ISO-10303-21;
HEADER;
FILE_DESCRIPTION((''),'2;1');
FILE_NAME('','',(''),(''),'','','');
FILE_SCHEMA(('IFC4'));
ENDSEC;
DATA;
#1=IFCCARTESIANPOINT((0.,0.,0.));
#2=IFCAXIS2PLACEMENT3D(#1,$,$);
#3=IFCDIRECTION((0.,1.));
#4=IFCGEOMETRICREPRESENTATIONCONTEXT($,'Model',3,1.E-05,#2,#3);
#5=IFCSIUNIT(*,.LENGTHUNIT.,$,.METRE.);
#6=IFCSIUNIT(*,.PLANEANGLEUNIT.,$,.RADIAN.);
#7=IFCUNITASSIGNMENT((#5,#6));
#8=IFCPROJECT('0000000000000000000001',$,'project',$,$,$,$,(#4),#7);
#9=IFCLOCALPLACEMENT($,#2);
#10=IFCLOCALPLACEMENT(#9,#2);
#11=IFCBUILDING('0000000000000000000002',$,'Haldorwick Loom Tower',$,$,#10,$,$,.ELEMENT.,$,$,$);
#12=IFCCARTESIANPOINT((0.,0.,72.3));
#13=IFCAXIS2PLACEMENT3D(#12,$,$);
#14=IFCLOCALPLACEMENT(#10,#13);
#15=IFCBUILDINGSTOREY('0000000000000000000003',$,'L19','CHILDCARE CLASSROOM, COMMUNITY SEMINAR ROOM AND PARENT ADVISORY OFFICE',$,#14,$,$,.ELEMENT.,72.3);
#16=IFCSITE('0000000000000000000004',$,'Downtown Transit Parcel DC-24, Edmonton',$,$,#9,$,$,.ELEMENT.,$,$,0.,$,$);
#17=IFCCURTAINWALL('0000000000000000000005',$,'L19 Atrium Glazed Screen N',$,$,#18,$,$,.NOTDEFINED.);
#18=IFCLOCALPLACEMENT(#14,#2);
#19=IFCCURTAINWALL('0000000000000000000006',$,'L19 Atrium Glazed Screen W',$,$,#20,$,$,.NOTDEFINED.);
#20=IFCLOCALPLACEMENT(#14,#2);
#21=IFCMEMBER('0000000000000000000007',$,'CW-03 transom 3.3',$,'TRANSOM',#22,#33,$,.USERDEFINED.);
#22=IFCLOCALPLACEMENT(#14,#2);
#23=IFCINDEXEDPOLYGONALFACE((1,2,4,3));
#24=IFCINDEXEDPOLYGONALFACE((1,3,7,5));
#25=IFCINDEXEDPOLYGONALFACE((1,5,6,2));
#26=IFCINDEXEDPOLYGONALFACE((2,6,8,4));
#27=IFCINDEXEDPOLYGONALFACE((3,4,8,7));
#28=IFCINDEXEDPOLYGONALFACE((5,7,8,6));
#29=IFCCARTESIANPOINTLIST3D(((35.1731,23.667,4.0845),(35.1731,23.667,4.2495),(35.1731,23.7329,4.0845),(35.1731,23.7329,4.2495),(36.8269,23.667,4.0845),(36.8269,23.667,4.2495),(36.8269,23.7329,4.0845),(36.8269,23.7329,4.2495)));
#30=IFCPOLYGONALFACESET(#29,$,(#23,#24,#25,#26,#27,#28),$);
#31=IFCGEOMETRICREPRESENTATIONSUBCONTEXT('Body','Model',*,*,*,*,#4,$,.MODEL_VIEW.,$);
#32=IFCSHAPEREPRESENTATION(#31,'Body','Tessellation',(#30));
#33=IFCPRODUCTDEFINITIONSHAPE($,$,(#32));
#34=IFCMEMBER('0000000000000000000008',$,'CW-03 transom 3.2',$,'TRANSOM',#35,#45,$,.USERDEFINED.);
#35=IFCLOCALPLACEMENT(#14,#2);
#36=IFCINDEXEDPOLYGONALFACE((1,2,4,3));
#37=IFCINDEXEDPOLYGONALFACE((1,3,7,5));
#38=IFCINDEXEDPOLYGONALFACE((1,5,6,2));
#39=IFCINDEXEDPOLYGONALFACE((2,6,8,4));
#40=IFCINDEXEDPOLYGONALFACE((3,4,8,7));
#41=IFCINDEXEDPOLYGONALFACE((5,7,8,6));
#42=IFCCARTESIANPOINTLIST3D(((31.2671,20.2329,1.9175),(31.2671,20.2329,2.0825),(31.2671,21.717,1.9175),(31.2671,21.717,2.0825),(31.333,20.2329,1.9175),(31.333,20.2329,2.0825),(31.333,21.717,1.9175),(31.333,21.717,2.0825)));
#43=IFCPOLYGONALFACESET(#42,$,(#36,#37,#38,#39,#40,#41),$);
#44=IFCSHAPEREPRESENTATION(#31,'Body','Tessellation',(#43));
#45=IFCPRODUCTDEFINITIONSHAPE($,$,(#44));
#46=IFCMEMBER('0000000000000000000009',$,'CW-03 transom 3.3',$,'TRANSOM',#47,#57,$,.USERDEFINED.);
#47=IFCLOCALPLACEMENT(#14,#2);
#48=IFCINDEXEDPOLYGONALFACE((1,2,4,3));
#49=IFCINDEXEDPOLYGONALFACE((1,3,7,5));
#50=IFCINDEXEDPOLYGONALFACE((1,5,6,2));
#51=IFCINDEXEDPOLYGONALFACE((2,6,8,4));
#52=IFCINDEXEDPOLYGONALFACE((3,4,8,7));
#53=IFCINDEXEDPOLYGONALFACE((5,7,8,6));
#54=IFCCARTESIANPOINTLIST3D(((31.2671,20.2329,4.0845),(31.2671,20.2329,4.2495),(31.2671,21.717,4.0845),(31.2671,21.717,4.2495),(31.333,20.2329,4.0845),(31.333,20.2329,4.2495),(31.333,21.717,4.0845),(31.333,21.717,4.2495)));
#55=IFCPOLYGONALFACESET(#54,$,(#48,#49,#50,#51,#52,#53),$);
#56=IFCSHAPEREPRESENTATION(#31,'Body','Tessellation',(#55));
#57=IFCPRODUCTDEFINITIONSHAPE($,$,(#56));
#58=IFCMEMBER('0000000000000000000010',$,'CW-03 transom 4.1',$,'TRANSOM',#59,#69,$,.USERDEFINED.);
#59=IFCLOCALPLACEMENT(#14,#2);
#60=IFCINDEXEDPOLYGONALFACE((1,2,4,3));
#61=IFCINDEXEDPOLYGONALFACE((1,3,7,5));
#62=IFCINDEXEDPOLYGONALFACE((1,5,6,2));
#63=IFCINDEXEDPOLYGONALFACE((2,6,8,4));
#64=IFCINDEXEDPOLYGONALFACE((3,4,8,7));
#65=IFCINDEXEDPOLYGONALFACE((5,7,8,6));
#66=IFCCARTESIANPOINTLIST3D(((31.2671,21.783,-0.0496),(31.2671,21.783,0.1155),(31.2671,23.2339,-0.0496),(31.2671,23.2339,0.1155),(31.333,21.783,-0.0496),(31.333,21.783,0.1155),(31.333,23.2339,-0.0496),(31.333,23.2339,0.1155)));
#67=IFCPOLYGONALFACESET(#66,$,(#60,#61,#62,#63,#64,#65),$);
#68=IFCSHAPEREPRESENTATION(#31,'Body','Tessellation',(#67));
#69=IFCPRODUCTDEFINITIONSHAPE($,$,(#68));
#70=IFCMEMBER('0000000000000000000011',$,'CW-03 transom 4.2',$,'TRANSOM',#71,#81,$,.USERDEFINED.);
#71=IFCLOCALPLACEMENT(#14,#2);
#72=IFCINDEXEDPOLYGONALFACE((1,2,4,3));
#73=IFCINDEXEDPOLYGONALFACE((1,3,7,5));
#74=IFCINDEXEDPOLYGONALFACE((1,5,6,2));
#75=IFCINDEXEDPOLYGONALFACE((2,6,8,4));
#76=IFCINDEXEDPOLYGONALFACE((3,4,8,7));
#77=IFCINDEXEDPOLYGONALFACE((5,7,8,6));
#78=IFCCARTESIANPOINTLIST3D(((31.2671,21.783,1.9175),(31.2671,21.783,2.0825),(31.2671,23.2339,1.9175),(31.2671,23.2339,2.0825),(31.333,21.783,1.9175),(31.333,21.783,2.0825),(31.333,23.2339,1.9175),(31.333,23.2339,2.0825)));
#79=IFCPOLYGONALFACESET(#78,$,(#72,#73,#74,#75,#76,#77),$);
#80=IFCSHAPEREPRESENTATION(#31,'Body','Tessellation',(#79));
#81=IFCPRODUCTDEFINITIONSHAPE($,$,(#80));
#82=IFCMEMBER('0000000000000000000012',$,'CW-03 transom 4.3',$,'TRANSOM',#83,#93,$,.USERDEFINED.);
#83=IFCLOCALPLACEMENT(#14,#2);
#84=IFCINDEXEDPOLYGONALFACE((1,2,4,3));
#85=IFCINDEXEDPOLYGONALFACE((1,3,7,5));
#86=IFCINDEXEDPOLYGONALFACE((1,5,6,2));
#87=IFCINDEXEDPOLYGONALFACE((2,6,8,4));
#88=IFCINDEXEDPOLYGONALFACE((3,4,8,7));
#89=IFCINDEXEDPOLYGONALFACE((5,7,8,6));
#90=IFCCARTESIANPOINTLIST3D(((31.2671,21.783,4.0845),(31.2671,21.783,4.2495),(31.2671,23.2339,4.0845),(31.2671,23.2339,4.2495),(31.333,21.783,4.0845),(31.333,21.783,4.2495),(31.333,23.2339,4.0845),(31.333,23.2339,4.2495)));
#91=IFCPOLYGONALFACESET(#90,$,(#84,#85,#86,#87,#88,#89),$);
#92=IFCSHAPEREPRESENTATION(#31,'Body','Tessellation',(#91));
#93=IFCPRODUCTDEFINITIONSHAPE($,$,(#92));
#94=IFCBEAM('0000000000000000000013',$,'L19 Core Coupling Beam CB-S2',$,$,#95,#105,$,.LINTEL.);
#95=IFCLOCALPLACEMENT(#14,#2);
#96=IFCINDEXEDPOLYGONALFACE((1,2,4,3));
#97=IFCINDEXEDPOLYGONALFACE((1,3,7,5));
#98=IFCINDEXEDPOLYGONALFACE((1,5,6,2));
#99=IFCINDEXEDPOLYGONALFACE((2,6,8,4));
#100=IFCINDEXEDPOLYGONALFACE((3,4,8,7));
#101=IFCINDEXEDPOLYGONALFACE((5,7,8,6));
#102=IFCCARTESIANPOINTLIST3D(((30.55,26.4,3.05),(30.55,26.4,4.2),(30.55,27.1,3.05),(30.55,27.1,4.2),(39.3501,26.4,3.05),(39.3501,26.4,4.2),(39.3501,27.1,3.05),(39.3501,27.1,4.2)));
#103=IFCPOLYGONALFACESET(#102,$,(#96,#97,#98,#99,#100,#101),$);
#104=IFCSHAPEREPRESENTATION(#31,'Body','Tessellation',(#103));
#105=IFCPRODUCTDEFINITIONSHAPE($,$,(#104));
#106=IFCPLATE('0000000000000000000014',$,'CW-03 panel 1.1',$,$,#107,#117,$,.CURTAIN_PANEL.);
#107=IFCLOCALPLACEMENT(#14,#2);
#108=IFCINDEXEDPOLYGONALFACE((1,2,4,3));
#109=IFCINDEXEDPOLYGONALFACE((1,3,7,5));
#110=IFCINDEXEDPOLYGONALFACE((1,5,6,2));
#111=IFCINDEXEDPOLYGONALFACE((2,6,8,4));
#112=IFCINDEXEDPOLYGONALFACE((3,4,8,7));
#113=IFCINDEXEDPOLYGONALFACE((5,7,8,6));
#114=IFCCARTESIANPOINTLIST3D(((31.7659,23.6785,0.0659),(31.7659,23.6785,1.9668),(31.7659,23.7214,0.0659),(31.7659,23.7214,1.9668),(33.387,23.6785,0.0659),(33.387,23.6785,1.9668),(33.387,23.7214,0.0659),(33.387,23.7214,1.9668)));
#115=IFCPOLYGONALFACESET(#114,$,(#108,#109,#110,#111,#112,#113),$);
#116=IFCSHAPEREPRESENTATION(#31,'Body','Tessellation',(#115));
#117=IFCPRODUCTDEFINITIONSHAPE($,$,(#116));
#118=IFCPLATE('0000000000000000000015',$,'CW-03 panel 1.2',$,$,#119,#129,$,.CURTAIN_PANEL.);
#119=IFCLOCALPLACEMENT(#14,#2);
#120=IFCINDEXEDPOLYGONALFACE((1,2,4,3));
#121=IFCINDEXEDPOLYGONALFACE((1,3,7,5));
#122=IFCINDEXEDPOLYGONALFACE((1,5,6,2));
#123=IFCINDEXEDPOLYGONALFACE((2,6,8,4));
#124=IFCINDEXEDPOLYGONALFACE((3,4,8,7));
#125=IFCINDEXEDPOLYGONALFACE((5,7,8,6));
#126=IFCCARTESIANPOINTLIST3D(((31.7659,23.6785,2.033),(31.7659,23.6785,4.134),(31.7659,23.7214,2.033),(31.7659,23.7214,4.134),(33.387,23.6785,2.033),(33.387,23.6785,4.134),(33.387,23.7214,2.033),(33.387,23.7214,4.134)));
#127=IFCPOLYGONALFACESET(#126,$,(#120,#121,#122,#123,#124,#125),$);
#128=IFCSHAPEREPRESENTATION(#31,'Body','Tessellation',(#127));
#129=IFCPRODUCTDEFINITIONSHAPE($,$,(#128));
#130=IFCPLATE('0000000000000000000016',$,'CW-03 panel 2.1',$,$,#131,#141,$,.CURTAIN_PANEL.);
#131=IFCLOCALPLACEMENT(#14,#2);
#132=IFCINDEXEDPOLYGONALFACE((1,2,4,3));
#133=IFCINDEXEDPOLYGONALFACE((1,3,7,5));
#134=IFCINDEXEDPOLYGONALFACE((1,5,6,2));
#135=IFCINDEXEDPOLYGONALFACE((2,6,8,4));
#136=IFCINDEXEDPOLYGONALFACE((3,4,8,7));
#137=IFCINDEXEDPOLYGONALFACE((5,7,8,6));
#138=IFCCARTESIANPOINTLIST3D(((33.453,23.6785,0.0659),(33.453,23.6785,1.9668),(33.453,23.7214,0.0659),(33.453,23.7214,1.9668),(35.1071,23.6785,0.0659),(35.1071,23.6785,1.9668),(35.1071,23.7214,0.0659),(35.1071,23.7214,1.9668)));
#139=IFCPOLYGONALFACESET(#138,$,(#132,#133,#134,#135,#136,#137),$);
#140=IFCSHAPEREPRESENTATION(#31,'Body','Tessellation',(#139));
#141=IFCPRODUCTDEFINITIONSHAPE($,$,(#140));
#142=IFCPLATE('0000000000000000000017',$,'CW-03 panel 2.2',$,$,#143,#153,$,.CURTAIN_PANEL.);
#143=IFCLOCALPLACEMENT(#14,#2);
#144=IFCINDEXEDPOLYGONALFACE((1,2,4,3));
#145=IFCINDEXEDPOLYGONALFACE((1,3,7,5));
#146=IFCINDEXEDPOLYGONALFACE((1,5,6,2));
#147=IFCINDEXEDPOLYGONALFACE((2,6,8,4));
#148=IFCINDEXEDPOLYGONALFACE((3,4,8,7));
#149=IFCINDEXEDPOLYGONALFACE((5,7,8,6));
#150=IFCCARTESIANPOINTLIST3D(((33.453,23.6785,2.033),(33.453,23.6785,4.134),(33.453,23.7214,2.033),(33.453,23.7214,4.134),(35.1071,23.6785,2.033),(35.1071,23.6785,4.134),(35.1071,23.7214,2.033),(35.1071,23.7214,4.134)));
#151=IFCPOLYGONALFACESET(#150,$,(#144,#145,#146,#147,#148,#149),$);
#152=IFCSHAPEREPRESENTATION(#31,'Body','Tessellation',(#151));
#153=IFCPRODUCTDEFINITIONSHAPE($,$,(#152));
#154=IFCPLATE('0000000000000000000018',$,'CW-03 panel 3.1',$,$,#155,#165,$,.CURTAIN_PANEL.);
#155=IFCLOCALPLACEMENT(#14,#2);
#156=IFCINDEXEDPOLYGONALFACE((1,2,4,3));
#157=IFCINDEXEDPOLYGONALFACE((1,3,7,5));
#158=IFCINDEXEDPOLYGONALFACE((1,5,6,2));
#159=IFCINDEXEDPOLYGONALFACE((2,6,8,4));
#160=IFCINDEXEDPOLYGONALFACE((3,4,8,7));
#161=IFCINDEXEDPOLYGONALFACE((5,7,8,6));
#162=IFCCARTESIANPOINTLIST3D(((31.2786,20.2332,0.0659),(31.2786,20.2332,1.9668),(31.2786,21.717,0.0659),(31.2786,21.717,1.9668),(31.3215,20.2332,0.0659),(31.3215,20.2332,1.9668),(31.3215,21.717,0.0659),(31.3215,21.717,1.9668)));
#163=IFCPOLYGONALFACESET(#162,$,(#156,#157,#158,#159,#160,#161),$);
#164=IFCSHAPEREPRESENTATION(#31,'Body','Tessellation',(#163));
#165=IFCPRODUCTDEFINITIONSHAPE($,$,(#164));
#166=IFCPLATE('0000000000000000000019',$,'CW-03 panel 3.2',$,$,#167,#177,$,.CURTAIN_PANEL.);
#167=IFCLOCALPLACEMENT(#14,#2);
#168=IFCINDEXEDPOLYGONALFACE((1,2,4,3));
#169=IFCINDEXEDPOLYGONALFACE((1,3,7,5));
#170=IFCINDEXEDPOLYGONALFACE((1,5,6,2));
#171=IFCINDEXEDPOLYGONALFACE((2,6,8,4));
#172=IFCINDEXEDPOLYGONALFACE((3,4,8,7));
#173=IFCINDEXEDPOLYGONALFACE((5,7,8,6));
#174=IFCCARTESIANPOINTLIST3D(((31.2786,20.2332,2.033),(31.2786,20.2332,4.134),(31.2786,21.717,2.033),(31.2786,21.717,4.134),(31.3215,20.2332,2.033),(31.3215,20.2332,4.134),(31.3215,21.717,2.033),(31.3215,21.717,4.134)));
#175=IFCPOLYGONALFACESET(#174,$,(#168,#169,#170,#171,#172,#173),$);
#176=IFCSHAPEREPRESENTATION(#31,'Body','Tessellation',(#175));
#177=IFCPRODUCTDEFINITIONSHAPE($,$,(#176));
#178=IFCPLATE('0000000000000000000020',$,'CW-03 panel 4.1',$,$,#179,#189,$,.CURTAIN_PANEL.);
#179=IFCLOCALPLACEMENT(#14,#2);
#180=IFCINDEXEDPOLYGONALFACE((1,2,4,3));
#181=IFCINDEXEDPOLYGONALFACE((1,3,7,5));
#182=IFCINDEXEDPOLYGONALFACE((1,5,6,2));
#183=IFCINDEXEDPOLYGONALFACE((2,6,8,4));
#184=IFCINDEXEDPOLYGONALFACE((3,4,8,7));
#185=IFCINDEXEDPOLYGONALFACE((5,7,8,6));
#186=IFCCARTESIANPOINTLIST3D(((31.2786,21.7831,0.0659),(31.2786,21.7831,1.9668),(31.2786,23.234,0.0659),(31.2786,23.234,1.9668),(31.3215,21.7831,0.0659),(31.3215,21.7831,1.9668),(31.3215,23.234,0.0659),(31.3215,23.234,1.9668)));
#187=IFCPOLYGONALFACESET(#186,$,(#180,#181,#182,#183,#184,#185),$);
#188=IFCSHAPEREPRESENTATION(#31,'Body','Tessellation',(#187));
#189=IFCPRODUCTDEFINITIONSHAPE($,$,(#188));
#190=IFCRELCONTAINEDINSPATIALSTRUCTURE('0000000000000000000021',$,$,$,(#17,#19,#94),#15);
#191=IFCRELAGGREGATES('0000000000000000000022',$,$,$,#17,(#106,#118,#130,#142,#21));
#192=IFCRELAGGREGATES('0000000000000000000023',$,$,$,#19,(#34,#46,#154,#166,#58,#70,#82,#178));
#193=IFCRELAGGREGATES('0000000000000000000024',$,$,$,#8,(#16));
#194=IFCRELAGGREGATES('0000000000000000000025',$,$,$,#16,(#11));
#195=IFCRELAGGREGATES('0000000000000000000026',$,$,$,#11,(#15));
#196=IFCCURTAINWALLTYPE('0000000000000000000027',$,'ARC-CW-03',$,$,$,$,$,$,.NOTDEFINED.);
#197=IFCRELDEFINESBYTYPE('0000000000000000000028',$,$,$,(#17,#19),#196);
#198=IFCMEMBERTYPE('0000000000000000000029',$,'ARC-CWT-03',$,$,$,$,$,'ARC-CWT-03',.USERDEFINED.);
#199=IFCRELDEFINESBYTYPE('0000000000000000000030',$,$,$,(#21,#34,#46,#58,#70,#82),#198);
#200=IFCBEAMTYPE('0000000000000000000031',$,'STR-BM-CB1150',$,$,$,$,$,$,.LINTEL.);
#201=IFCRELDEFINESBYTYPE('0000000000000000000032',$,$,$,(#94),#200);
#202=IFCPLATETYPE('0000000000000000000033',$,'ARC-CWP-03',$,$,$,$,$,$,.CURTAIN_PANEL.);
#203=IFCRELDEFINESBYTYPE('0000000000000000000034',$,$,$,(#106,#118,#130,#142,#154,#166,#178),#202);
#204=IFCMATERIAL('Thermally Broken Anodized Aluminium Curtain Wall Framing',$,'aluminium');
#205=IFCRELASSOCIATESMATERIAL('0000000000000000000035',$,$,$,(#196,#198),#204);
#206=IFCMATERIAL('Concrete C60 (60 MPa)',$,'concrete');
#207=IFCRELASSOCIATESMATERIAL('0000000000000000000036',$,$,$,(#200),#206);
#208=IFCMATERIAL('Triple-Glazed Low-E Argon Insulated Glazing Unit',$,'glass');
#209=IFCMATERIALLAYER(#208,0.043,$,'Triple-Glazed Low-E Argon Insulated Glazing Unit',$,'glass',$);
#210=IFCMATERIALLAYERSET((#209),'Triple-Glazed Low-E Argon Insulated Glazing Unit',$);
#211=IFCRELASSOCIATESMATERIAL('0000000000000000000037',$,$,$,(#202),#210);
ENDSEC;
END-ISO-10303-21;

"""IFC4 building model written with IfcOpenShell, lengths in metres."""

from ifc_helpers import new_model, si_unit, direction, frame, origin, origin_2d, place, context, subcontext, project, spatial, rectangle, extrude, material, layer, layer_set, material_profile, profile_set, type_object, element, aggregate, save


model = new_model("IFC4")

# Units and contexts
model_context = context("Model", 3, precision=1e-05, world=origin(), true_north=direction((0.0, 1.0)))
body_context = subcontext(model_context, "Body", "Model", "MODEL_VIEW")
ifc_project = project(units=[si_unit("LENGTHUNIT", "METRE"), si_unit("PLANEANGLEUNIT", "RADIAN")], contexts=[model_context])

# Site, building, storey
site_placement = place(None, origin())
site = spatial("IfcSite", under=ifc_project, at=site_placement, Name="Downtown Transit Parcel DC-24, Edmonton", CompositionType="ELEMENT", RefElevation=0.0)
building_placement = place(site_placement, origin())
building = spatial("IfcBuilding", under=site, at=building_placement, Name="Haldorwick Loom Tower", CompositionType="ELEMENT")
storey_placement = place(building_placement, frame((0.0, 0.0, 72.3)))
storey = spatial("IfcBuildingStorey", under=building, at=storey_placement, Name="L19", Description="CHILDCARE CLASSROOM, COMMUNITY SEMINAR ROOM AND PARENT ADVISORY OFFICE", CompositionType="ELEMENT", Elevation=72.3)

# Curtain walls
ifc_material_1 = material(Name="Thermally Broken Anodized Aluminium Curtain Wall Framing", Category="aluminium")
curtain_wall_type = type_object("IfcCurtainWallType", Name="ARC-CW-03", PredefinedType="NOTDEFINED", material=ifc_material_1)
curtain_wall_1_placement = place(storey_placement, origin())
curtain_wall_1 = element("IfcCurtainWall", 1, at=curtain_wall_1_placement, inside=storey, type_object=curtain_wall_type, Name="L19 Atrium Glazed Screen N", PredefinedType="NOTDEFINED")
curtain_wall_2_placement = place(storey_placement, origin())
curtain_wall_2 = element("IfcCurtainWall", 2, at=curtain_wall_2_placement, inside=storey, type_object=curtain_wall_type, Name="L19 Atrium Glazed Screen W", PredefinedType="NOTDEFINED")

# Members
ifc_material_profile_1 = material_profile(ifc_material_1, rectangle(XDim=0.0659, YDim=0.165, at=origin_2d()), Name="ALU_TRN_66X165", Category="aluminium")
ifc_profile_set_1 = profile_set([ifc_material_profile_1], Name="Thermally Broken Anodized Aluminium Curtain Wall Framing")
member_type_1 = type_object("IfcMemberType", Name="ARC-CWT-03", ElementType="ARC-CWT-03", PredefinedType="USERDEFINED", material=ifc_profile_set_1)
member_1_placement = place(storey_placement, frame((35.1731, 23.7, 4.167), z_axis=(1.0, 0.0, 0.0), x_axis=(0.0, 1.0, 0.0)))
member_1 = element("IfcMember", 3, at=member_1_placement, type_object=member_type_1, Name="CW-03 transom 3.3", ObjectType="TRANSOM", PredefinedType="USERDEFINED", context=body_context, shape_type="SweptSolid", body=[
    extrude(rectangle(XDim=0.0659, YDim=0.165, at=origin_2d()), origin(), (0.0, 0.0, 1.0), 1.6538),
])
member_2_placement = place(storey_placement, frame((31.3, 20.2329, 2.0), z_axis=(0.0, 1.0, 0.0), x_axis=(-1.0, 0.0, 0.0)))
member_2 = element("IfcMember", 4, at=member_2_placement, type_object=member_type_1, Name="CW-03 transom 3.2", ObjectType="TRANSOM", PredefinedType="USERDEFINED", context=body_context, shape_type="SweptSolid", body=[
    extrude(rectangle(XDim=0.0659, YDim=0.165, at=origin_2d()), origin(), (0.0, 0.0, 1.0), 1.4841),
])
member_3_placement = place(storey_placement, frame((31.3, 20.2329, 4.167), z_axis=(0.0, 1.0, 0.0), x_axis=(-1.0, 0.0, 0.0)))
member_3 = element("IfcMember", 5, at=member_3_placement, type_object=member_type_1, Name="CW-03 transom 3.3", ObjectType="TRANSOM", PredefinedType="USERDEFINED", context=body_context, shape_type="SweptSolid", body=[
    extrude(rectangle(XDim=0.0659, YDim=0.165, at=origin_2d()), origin(), (0.0, 0.0, 1.0), 1.4841),
])
member_4_placement = place(storey_placement, frame((31.3, 21.783, 0.033), z_axis=(0.0, 1.0, 0.0), x_axis=(-1.0, 0.0, 0.0)))
member_4 = element("IfcMember", 6, at=member_4_placement, type_object=member_type_1, Name="CW-03 transom 4.1", ObjectType="TRANSOM", PredefinedType="USERDEFINED", context=body_context, shape_type="SweptSolid", body=[
    extrude(rectangle(XDim=0.0659, YDim=0.165, at=origin_2d()), origin(), (0.0, 0.0, 1.0), 1.4509),
])
member_5_placement = place(storey_placement, frame((31.3, 21.783, 2.0), z_axis=(0.0, 1.0, 0.0), x_axis=(-1.0, 0.0, 0.0)))
member_5 = element("IfcMember", 7, at=member_5_placement, type_object=member_type_1, Name="CW-03 transom 4.2", ObjectType="TRANSOM", PredefinedType="USERDEFINED", context=body_context, shape_type="SweptSolid", body=[
    extrude(rectangle(XDim=0.0659, YDim=0.165, at=origin_2d()), origin(), (0.0, 0.0, 1.0), 1.4509),
])
member_6_placement = place(storey_placement, frame((31.3, 21.783, 4.167), z_axis=(0.0, 1.0, 0.0), x_axis=(-1.0, 0.0, 0.0)))
member_6 = element("IfcMember", 8, at=member_6_placement, type_object=member_type_1, Name="CW-03 transom 4.3", ObjectType="TRANSOM", PredefinedType="USERDEFINED", context=body_context, shape_type="SweptSolid", body=[
    extrude(rectangle(XDim=0.0659, YDim=0.165, at=origin_2d()), origin(), (0.0, 0.0, 1.0), 1.4509),
])

# Beam
ifc_material_2 = material(Name="Concrete C60 (60 MPa)", Category="concrete")
ifc_material_profile_2 = material_profile(ifc_material_2, rectangle(XDim=0.7, YDim=1.1499, at=origin_2d()), Name="RC700X1150", Category="concrete")
ifc_profile_set_2 = profile_set([ifc_material_profile_2], Name="Concrete C60 (60 MPa)")
beam_type = type_object("IfcBeamType", Name="STR-BM-CB1150", PredefinedType="LINTEL", material=ifc_profile_set_2)
beam_placement = place(storey_placement, frame((30.55, 26.75, 3.625), z_axis=(1.0, 0.0, 0.0), x_axis=(0.0, 1.0, 0.0)))
element("IfcBeam", 9, at=beam_placement, inside=storey, type_object=beam_type, Name="L19 Core Coupling Beam CB-S2", PredefinedType="LINTEL", context=body_context, shape_type="SweptSolid", body=[
    extrude(rectangle(XDim=0.7, YDim=1.1499, at=origin_2d()), origin(), (0.0, 0.0, 1.0), 8.8),
])

# Plates
ifc_material_3 = material(Name="Triple-Glazed Low-E Argon Insulated Glazing Unit", Category="glass")
ifc_layer_1 = layer(ifc_material_3, 0.043, Name="Triple-Glazed Low-E Argon Insulated Glazing Unit", Category="glass")
ifc_layer_set_1 = layer_set([ifc_layer_1], Name="Triple-Glazed Low-E Argon Insulated Glazing Unit")
plate_type = type_object("IfcPlateType", Name="ARC-CWP-03", PredefinedType="CURTAIN_PANEL", material=ifc_layer_set_1)
plate_1_placement = place(storey_placement, frame((32.5764, 23.7, 0.0659), z_axis=(0.0, 0.0, 1.0), x_axis=(1.0, 0.0, 0.0)))
plate_1 = element("IfcPlate", 10, at=plate_1_placement, type_object=plate_type, Name="CW-03 panel 1.1", PredefinedType="CURTAIN_PANEL", context=body_context, shape_type="SweptSolid", body=[
    extrude(rectangle(XDim=1.6211, YDim=0.043, at=origin_2d()), origin(), (0.0, 0.0, 1.0), 1.9009),
])
plate_2_placement = place(storey_placement, frame((32.5764, 23.7, 2.033), z_axis=(0.0, 0.0, 1.0), x_axis=(1.0, 0.0, 0.0)))
plate_2 = element("IfcPlate", 11, at=plate_2_placement, type_object=plate_type, Name="CW-03 panel 1.2", PredefinedType="CURTAIN_PANEL", context=body_context, shape_type="SweptSolid", body=[
    extrude(rectangle(XDim=1.6211, YDim=0.043, at=origin_2d()), origin(), (0.0, 0.0, 1.0), 2.1011),
])
plate_3_placement = place(storey_placement, frame((34.28, 23.7, 0.0659), z_axis=(0.0, 0.0, 1.0), x_axis=(1.0, 0.0, 0.0)))
plate_3 = element("IfcPlate", 12, at=plate_3_placement, type_object=plate_type, Name="CW-03 panel 2.1", PredefinedType="CURTAIN_PANEL", context=body_context, shape_type="SweptSolid", body=[
    extrude(rectangle(XDim=1.6541, YDim=0.043, at=origin_2d()), origin(), (0.0, 0.0, 1.0), 1.9009),
])
plate_4_placement = place(storey_placement, frame((34.28, 23.7, 2.033), z_axis=(0.0, 0.0, 1.0), x_axis=(1.0, 0.0, 0.0)))
plate_4 = element("IfcPlate", 13, at=plate_4_placement, type_object=plate_type, Name="CW-03 panel 2.2", PredefinedType="CURTAIN_PANEL", context=body_context, shape_type="SweptSolid", body=[
    extrude(rectangle(XDim=1.6541, YDim=0.043, at=origin_2d()), origin(), (0.0, 0.0, 1.0), 2.1011),
])
aggregate(curtain_wall_1, [plate_1, plate_2, plate_3, plate_4, member_1])
plate_5_placement = place(storey_placement, frame((31.3, 20.9751, 0.0659), z_axis=(0.0, 0.0, 1.0), x_axis=(0.0, 1.0, 0.0)))
plate_5 = element("IfcPlate", 14, at=plate_5_placement, type_object=plate_type, Name="CW-03 panel 3.1", PredefinedType="CURTAIN_PANEL", context=body_context, shape_type="SweptSolid", body=[
    extrude(rectangle(XDim=1.4839, YDim=0.043, at=origin_2d()), origin(), (0.0, 0.0, 1.0), 1.9009),
])
plate_6_placement = place(storey_placement, frame((31.3, 20.9751, 2.033), z_axis=(0.0, 0.0, 1.0), x_axis=(0.0, 1.0, 0.0)))
plate_6 = element("IfcPlate", 15, at=plate_6_placement, type_object=plate_type, Name="CW-03 panel 3.2", PredefinedType="CURTAIN_PANEL", context=body_context, shape_type="SweptSolid", body=[
    extrude(rectangle(XDim=1.4839, YDim=0.043, at=origin_2d()), origin(), (0.0, 0.0, 1.0), 2.1011),
])
plate_7_placement = place(storey_placement, frame((31.3, 22.5085, 0.0659), z_axis=(0.0, 0.0, 1.0), x_axis=(0.0, 1.0, 0.0)))
plate_7 = element("IfcPlate", 16, at=plate_7_placement, type_object=plate_type, Name="CW-03 panel 4.1", PredefinedType="CURTAIN_PANEL", context=body_context, shape_type="SweptSolid", body=[
    extrude(rectangle(XDim=1.4509, YDim=0.043, at=origin_2d()), origin(), (0.0, 0.0, 1.0), 1.9009),
])
aggregate(curtain_wall_2, [member_2, member_3, plate_5, plate_6, member_4, member_5, member_6, plate_7])

save(model, "model.ifc")
